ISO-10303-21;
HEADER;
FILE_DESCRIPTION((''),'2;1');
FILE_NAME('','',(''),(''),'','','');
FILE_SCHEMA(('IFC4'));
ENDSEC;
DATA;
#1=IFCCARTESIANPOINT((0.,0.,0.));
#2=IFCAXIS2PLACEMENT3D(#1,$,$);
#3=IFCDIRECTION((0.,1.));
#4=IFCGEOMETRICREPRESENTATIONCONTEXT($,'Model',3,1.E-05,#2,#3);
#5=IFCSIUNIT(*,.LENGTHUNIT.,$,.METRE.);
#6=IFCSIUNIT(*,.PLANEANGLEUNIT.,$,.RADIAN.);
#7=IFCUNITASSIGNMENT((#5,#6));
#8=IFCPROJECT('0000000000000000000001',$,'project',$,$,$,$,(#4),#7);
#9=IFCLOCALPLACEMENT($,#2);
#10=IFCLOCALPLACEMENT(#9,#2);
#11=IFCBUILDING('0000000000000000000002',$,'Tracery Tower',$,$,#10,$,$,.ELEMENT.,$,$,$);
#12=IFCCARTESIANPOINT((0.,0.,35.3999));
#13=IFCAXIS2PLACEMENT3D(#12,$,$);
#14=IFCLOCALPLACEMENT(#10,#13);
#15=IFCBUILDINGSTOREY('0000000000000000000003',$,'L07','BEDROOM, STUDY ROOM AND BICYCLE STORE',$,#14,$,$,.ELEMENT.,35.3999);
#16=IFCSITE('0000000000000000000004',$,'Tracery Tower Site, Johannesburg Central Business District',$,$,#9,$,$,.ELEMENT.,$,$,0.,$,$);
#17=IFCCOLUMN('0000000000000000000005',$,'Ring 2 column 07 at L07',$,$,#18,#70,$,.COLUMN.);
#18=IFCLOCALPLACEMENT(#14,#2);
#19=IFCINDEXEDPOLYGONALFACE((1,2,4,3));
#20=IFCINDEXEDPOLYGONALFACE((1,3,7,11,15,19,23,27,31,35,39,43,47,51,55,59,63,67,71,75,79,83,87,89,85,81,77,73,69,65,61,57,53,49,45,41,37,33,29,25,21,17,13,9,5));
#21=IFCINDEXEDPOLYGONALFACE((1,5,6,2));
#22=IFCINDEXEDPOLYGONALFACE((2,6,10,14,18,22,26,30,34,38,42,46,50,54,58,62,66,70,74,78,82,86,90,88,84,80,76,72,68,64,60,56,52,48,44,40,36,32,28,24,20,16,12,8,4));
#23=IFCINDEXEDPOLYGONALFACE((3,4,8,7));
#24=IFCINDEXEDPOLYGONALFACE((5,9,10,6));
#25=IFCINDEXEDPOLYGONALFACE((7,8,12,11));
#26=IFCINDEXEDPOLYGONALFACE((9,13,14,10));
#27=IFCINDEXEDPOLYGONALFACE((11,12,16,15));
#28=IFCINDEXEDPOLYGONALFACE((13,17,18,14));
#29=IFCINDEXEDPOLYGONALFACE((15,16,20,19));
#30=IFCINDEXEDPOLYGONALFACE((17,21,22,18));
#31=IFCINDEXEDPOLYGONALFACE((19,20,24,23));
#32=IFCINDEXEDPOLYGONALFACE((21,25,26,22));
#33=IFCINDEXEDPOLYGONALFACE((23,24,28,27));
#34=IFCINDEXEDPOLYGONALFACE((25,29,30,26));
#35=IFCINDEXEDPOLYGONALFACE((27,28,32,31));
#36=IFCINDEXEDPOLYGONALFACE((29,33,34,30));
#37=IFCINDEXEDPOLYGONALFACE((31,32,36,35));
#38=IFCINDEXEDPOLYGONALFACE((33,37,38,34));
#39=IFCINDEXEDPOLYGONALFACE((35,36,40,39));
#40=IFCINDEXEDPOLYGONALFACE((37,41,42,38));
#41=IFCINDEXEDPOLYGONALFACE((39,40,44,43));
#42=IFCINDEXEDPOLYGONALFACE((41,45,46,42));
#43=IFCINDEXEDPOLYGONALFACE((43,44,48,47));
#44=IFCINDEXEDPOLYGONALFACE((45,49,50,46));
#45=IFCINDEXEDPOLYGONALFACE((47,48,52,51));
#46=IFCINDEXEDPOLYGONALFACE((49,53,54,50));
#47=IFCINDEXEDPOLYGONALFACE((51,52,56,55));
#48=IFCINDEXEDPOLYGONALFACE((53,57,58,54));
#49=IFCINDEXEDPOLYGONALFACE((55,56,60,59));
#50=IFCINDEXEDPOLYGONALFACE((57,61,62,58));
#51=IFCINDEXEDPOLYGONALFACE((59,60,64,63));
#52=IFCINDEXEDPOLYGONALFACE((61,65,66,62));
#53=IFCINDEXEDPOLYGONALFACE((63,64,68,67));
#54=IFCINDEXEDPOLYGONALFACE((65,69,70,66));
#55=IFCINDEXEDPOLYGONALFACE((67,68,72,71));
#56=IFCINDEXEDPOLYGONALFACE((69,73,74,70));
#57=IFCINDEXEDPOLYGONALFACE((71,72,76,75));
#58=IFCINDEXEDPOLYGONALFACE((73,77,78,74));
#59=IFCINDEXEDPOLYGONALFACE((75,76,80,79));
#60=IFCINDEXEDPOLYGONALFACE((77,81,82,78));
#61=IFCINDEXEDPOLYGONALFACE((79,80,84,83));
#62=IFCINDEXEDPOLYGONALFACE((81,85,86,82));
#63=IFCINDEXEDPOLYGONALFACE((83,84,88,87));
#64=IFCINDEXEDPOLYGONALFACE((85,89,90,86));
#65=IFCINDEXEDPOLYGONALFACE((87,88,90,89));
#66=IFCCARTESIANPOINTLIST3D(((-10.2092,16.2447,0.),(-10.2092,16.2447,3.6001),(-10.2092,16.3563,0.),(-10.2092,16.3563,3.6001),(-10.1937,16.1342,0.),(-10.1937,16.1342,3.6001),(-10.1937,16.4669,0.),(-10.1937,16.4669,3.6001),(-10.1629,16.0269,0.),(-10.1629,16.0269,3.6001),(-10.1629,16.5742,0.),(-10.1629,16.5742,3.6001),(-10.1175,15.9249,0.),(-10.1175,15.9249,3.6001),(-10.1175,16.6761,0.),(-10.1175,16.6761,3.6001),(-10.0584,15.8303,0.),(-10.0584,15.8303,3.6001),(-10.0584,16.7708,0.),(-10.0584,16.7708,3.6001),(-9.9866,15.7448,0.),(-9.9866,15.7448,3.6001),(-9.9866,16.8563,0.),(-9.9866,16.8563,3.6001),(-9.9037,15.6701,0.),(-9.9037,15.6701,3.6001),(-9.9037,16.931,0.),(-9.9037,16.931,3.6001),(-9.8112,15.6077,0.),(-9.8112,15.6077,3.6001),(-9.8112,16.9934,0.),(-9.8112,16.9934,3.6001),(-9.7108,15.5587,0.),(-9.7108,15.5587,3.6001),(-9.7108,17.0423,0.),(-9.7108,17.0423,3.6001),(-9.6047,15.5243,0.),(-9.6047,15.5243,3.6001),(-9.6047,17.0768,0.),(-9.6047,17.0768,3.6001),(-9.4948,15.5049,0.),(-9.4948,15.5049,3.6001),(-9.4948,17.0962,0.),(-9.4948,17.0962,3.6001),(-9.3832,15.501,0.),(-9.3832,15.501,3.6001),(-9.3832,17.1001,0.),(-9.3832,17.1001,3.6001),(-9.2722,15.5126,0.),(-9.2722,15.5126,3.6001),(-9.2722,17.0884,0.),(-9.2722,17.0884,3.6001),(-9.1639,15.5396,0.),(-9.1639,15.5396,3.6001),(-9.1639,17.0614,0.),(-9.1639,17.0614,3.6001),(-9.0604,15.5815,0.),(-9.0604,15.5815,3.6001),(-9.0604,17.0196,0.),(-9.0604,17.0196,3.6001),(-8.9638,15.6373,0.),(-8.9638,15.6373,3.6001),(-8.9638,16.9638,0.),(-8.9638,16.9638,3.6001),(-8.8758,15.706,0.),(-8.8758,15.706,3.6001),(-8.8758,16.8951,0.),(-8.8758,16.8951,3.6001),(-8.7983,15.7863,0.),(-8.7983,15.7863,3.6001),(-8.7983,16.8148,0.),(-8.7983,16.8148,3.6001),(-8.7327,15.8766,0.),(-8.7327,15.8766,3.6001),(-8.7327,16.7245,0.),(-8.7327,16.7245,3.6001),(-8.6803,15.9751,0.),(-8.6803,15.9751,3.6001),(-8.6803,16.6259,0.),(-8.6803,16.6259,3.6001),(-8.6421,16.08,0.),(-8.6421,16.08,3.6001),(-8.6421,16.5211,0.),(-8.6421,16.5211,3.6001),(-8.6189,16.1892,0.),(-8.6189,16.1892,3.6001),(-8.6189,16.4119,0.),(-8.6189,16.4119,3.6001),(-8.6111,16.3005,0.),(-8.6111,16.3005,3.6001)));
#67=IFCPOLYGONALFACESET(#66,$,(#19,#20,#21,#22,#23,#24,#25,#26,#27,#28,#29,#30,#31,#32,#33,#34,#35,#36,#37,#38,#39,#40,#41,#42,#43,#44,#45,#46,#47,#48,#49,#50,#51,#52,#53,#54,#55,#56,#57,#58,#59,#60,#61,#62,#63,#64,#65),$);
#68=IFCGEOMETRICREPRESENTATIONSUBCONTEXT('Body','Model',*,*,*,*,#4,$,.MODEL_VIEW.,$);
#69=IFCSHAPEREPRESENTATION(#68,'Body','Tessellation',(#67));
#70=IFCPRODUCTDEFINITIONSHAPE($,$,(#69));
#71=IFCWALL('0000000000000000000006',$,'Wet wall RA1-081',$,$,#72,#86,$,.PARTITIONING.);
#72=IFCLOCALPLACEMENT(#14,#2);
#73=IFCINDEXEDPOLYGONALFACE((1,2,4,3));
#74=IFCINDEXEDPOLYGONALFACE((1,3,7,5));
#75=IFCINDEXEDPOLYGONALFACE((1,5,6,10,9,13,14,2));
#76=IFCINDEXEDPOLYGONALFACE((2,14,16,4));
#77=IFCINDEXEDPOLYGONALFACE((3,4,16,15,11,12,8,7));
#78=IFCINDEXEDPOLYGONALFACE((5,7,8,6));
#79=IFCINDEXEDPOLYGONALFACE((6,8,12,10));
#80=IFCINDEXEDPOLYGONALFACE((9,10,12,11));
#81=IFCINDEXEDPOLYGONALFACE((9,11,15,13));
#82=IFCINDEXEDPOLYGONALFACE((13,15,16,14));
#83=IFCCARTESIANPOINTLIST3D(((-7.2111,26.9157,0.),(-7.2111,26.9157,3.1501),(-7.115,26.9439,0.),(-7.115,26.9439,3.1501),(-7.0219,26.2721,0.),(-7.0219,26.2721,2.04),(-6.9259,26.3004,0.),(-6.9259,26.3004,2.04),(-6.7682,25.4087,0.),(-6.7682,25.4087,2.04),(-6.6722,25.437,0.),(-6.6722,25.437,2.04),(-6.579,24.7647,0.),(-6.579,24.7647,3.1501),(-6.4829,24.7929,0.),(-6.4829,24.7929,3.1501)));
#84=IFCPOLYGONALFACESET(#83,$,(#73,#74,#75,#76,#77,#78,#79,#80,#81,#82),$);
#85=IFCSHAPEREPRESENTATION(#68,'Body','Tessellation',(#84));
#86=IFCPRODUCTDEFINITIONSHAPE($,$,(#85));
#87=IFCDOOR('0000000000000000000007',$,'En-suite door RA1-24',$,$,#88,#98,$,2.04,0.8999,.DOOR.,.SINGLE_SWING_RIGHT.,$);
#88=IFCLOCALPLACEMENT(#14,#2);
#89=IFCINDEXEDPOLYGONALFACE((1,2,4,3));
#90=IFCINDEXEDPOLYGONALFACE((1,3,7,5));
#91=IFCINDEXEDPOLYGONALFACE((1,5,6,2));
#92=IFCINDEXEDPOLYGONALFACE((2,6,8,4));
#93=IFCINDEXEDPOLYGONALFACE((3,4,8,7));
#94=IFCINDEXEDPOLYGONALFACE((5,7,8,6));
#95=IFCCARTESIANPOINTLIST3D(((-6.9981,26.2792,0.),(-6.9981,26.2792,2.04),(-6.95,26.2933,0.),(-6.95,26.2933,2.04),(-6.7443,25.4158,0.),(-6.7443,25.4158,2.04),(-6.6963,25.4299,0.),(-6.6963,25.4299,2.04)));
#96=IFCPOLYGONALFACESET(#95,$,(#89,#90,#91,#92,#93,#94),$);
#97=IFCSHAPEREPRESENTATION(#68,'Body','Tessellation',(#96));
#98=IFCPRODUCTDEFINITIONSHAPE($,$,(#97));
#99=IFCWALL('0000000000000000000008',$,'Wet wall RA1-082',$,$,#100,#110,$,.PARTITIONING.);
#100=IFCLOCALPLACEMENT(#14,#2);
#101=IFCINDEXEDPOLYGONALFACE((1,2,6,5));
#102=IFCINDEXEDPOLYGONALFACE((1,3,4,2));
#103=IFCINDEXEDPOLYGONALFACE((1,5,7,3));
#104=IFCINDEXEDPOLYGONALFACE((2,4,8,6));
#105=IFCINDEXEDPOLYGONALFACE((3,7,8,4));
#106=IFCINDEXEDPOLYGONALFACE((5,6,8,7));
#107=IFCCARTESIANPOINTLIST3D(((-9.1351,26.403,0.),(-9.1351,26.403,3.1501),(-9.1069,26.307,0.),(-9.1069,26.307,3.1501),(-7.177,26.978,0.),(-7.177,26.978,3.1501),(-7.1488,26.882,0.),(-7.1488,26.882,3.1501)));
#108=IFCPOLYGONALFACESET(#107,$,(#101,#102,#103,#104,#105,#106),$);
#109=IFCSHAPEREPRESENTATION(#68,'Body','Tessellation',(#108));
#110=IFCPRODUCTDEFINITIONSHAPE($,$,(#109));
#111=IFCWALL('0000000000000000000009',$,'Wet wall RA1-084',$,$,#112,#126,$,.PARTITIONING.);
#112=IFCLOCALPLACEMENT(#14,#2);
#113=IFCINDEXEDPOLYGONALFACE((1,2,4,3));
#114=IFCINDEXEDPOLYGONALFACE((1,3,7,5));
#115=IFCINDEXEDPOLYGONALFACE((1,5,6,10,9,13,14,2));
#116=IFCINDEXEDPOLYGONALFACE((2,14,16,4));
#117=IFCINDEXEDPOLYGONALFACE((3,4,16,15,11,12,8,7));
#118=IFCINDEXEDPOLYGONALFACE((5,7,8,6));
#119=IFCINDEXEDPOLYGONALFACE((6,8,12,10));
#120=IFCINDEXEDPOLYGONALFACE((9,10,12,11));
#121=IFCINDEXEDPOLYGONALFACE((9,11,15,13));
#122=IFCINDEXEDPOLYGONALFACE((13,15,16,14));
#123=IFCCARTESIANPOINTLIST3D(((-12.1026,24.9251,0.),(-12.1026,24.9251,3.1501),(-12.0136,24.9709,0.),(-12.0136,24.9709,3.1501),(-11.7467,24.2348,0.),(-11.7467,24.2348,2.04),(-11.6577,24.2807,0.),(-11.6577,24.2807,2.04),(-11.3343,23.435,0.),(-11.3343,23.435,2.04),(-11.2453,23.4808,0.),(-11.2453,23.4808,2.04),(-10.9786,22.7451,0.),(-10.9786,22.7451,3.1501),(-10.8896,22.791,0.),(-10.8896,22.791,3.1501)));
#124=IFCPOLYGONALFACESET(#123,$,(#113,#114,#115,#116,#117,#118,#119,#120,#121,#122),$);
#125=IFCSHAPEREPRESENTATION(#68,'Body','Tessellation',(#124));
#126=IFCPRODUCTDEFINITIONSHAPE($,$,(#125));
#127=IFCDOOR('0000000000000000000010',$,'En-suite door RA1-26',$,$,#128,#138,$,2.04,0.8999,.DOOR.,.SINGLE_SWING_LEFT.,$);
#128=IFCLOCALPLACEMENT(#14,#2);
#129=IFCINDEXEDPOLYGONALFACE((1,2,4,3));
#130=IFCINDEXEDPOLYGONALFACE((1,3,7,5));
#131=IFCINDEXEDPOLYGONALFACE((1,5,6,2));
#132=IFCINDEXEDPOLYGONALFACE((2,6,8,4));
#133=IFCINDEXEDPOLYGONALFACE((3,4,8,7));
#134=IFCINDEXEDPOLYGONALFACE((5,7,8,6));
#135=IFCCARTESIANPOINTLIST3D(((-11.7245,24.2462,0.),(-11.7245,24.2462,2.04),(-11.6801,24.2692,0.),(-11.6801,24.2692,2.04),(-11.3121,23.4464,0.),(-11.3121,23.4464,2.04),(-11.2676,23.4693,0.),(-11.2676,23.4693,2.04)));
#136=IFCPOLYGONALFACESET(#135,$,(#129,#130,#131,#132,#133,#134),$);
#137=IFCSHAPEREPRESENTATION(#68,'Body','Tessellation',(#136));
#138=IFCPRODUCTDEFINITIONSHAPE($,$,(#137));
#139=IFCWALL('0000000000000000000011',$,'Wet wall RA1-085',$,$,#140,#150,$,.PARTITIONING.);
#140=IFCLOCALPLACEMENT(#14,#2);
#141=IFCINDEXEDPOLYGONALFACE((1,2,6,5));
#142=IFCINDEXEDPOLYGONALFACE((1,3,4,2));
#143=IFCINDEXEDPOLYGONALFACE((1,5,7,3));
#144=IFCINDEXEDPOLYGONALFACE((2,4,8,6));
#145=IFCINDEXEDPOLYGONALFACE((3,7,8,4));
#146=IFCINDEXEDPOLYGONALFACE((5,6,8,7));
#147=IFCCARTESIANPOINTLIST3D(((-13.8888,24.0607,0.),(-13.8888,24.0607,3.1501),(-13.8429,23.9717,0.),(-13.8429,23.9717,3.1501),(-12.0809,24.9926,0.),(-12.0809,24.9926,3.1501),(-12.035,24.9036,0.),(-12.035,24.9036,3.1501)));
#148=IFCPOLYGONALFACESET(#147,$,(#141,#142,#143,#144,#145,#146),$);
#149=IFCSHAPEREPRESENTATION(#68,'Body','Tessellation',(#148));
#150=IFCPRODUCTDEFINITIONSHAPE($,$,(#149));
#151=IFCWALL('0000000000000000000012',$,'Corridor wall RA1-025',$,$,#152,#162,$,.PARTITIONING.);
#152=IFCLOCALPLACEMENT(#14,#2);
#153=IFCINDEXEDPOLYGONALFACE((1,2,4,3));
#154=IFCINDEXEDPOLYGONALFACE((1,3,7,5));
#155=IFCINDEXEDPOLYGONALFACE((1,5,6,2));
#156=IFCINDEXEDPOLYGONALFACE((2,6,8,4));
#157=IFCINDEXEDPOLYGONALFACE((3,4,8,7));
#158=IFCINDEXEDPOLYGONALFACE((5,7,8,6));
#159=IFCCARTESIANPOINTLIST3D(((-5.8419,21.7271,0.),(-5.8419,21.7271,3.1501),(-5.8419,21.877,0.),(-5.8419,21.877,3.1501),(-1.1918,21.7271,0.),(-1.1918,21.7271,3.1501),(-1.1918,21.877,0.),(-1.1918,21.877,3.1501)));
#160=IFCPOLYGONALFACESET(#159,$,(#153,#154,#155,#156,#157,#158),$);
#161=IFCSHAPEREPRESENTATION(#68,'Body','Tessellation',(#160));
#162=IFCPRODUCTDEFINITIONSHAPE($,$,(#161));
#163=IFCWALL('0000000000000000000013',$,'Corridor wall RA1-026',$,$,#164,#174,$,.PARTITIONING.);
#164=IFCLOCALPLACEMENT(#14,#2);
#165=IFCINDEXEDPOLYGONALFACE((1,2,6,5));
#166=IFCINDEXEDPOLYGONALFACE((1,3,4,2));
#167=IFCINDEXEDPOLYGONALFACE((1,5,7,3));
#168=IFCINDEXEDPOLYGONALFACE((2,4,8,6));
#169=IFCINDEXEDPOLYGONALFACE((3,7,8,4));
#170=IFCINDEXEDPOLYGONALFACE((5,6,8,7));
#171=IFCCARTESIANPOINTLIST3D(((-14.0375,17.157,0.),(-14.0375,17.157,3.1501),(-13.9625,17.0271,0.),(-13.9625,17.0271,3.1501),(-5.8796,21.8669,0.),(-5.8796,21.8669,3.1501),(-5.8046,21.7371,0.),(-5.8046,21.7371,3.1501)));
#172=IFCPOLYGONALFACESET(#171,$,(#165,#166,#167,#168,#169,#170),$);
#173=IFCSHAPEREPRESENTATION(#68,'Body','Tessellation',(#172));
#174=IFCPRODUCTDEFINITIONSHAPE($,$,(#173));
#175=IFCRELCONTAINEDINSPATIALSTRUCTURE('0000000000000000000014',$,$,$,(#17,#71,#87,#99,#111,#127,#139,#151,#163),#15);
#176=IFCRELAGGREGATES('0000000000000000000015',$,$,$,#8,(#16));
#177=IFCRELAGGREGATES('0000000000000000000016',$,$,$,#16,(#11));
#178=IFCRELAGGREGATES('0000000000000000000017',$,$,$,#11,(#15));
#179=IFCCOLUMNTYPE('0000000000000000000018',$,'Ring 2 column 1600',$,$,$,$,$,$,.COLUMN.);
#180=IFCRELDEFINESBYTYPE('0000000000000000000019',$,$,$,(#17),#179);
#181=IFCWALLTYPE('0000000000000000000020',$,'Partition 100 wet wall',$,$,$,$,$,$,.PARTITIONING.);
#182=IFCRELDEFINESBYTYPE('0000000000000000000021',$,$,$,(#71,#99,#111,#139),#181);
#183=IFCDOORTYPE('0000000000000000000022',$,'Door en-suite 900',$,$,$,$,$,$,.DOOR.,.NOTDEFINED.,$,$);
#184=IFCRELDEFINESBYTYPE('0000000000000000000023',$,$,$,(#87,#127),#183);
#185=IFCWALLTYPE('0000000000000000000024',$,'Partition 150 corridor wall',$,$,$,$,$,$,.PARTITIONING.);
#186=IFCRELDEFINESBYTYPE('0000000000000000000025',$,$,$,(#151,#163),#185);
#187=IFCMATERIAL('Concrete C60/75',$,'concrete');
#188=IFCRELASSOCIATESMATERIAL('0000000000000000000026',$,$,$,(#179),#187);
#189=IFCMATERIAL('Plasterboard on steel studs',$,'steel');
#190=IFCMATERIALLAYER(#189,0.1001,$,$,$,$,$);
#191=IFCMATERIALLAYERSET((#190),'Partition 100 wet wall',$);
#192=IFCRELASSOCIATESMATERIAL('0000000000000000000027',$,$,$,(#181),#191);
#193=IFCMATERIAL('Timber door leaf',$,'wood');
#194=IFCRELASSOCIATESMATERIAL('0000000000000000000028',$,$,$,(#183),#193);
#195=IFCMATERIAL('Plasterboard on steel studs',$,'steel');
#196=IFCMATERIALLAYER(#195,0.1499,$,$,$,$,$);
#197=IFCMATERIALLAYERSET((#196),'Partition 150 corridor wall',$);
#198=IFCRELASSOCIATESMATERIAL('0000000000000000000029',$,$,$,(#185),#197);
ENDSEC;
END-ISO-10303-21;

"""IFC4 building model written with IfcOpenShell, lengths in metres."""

from ifc_helpers import new_model, si_unit, direction, frame, frame_2d, origin, origin_2d, place, context, subcontext, project, spatial, rectangle, circle, extrude, material, layer, layer_set, material_profile, profile_set, type_object, element, fill, save


model = new_model("IFC4")

# Units and contexts
model_context = context("Model", 3, precision=1e-05, world=origin(), true_north=direction((0.0, 1.0)))
body_context = subcontext(model_context, "Body", "Model", "MODEL_VIEW")
ifc_project = project(units=[si_unit("LENGTHUNIT", "METRE"), si_unit("PLANEANGLEUNIT", "RADIAN")], contexts=[model_context])

# Site, building, storey
site_placement = place(None, origin())
site = spatial("IfcSite", under=ifc_project, at=site_placement, Name="Tracery Tower Site, Johannesburg Central Business District", CompositionType="ELEMENT", RefElevation=0.0)
building_placement = place(site_placement, origin())
building = spatial("IfcBuilding", under=site, at=building_placement, Name="Tracery Tower", CompositionType="ELEMENT")
storey_placement = place(building_placement, frame((0.0, 0.0, 35.3999)))
storey = spatial("IfcBuildingStorey", under=building, at=storey_placement, Name="L07", Description="BEDROOM, STUDY ROOM AND BICYCLE STORE", CompositionType="ELEMENT", Elevation=35.3999)

# Column
ifc_material_1 = material(Name="Concrete C60/75", Category="concrete")
ifc_material_profile_1 = material_profile(ifc_material_1, circle(Radius=0.8, at=origin_2d()), Name="RC D1600")
ifc_profile_set_1 = profile_set([ifc_material_profile_1], Name="Concrete C60/75")
column_type_1 = type_object("IfcColumnType", Name="Ring 2 column 1600", PredefinedType="COLUMN", material=ifc_profile_set_1)
for number, where, z_axis, x_axis, name in (
    (1, (-9.4111, 16.3005, 0.0), (0.0, 0.0, 1.0), (1.0, 0.0, 0.0), "Ring 2 column 07 at L07"),
):
    element("IfcColumn", number, at=place(storey_placement, frame(where, z_axis=z_axis, x_axis=x_axis)), inside=storey, type_object=column_type_1, Name=name, PredefinedType="COLUMN", context=body_context, shape_type="SweptSolid", body=[
        extrude(circle(Radius=0.8, at=origin_2d()), origin(), (0.0, 0.0, 1.0), 3.6001),
    ])

# Wall, opening, door
ifc_material_2 = material(Name="Plasterboard on steel studs", Category="steel")
ifc_layer_1 = layer(ifc_material_2, 0.1001)
ifc_layer_set_1 = layer_set([ifc_layer_1], Name="Partition 100 wet wall")
wall_type_1 = type_object("IfcWallType", Name="Partition 100 wet wall", PredefinedType="PARTITIONING", material=ifc_layer_set_1)
wall_1_placement = place(storey_placement, frame((-7.1631, 26.9299, 0.0), z_axis=(0.0, 0.0, 1.0), x_axis=(0.281948, -0.95943, 0.0)))
wall_1 = element("IfcWall", 2, at=wall_1_placement, inside=storey, type_object=wall_type_1, Name="Wet wall RA1-081", PredefinedType="PARTITIONING", context=body_context, shape_type="SweptSolid", body=[
    extrude(rectangle(XDim=2.2419, YDim=0.1001, at=frame_2d((1.1211, 0.0))), origin(), (0.0, 0.0, 1.0), 3.1501),
])
opening_1_placement = place(wall_1_placement, frame((0.6709, 0.0, 0.0)))
opening_1 = element("IfcOpeningElement", 3, at=opening_1_placement, cuts=wall_1, PredefinedType="OPENING", context=body_context, shape_type="SweptSolid", body=[
    extrude(rectangle(XDim=0.8999, YDim=2.04, at=frame_2d((0.45, 1.02))), frame((0.0, 0.05, 0.0), z_axis=(0.0, -1.0, 0.0), x_axis=(1.0, 0.0, 0.0)), (0.0, 0.0, 1.0), 0.1001),
])
ifc_material_3 = material(Name="Timber door leaf", Category="wood")
door_type_1 = type_object("IfcDoorType", Name="Door en-suite 900", OperationType="NOTDEFINED", PredefinedType="DOOR", material=ifc_material_3)
door_1_placement = place(opening_1_placement, origin())
door_1 = element("IfcDoor", 4, at=door_1_placement, inside=storey, type_object=door_type_1, Name="En-suite door RA1-24", OperationType="SINGLE_SWING_RIGHT", OverallHeight=2.04, OverallWidth=0.8999, PredefinedType="DOOR", context=body_context, shape_type="SweptSolid", body=[
    extrude(rectangle(XDim=0.8999, YDim=2.04, at=frame_2d((0.45, 1.02))), frame((0.0, 0.0249, 0.0), z_axis=(0.0, -1.0, 0.0), x_axis=(1.0, 0.0, 0.0)), (0.0, 0.0, 1.0), 0.05),
])
fill(opening_1, door_1)

# Wall
wall_2_placement = place(storey_placement, frame((-9.1211, 26.355, 0.0), z_axis=(0.0, 0.0, 1.0), x_axis=(0.959489, 0.281745, 0.0)))
element("IfcWall", 5, at=wall_2_placement, inside=storey, type_object=wall_type_1, Name="Wet wall RA1-082", PredefinedType="PARTITIONING", context=body_context, shape_type="SweptSolid", body=[
    extrude(rectangle(XDim=2.0408, YDim=0.1001, at=frame_2d((1.0205, 0.0))), origin(), (0.0, 0.0, 1.0), 3.1501),
])

# Wall, opening, door
wall_3_placement = place(storey_placement, frame((-12.0581, 24.948, 0.0), z_axis=(0.0, 0.0, 1.0), x_axis=(0.458288, -0.888804, 0.0)))
wall_3 = element("IfcWall", 6, at=wall_3_placement, inside=storey, type_object=wall_type_1, Name="Wet wall RA1-084", PredefinedType="PARTITIONING", context=body_context, shape_type="SweptSolid", body=[
    extrude(rectangle(XDim=2.4526, YDim=0.1001, at=frame_2d((1.2263, 0.0))), origin(), (0.0, 0.0, 1.0), 3.1501),
])
opening_2_placement = place(wall_3_placement, frame((0.7766, 0.0, 0.0)))
opening_2 = element("IfcOpeningElement", 7, at=opening_2_placement, cuts=wall_3, PredefinedType="OPENING", context=body_context, shape_type="SweptSolid", body=[
    extrude(rectangle(XDim=0.8999, YDim=2.04, at=frame_2d((0.45, 1.02))), frame((0.0, 0.05, 0.0), z_axis=(0.0, -1.0, 0.0), x_axis=(1.0, 0.0, 0.0)), (0.0, 0.0, 1.0), 0.1001),
])
door_2_placement = place(opening_2_placement, origin())
door_2 = element("IfcDoor", 8, at=door_2_placement, inside=storey, type_object=door_type_1, Name="En-suite door RA1-26", OperationType="SINGLE_SWING_LEFT", OverallHeight=2.04, OverallWidth=0.8999, PredefinedType="DOOR", context=body_context, shape_type="SweptSolid", body=[
    extrude(rectangle(XDim=0.8999, YDim=2.04, at=frame_2d((0.45, 1.02))), frame((0.0, 0.0249, 0.0), z_axis=(0.0, -1.0, 0.0), x_axis=(1.0, 0.0, 0.0)), (0.0, 0.0, 1.0), 0.05),
])
fill(opening_2, door_2)

# Walls
wall_4_placement = place(storey_placement, frame((-13.866, 24.0161, 0.0), z_axis=(0.0, 0.0, 1.0), x_axis=(0.888862, 0.458175, 0.0)))
element("IfcWall", 9, at=wall_4_placement, inside=storey, type_object=wall_type_1, Name="Wet wall RA1-085", PredefinedType="PARTITIONING", context=body_context, shape_type="SweptSolid", body=[
    extrude(rectangle(XDim=2.0339, YDim=0.1001, at=frame_2d((1.0171, 0.0))), origin(), (0.0, 0.0, 1.0), 3.1501),
])
ifc_material_4 = material(Name="Plasterboard on steel studs", Category="steel")
ifc_layer_2 = layer(ifc_material_4, 0.1499)
ifc_layer_set_2 = layer_set([ifc_layer_2], Name="Partition 150 corridor wall")
wall_type_2 = type_object("IfcWallType", Name="Partition 150 corridor wall", PredefinedType="PARTITIONING", material=ifc_layer_set_2)
wall_5_placement = place(storey_placement, frame((-5.842, 21.802, 0.0), z_axis=(0.0, 0.0, 1.0), x_axis=(1.0, 0.0, 0.0)))
element("IfcWall", 10, at=wall_5_placement, inside=storey, type_object=wall_type_2, Name="Corridor wall RA1-025", PredefinedType="PARTITIONING", context=body_context, shape_type="SweptSolid", body=[
    extrude(rectangle(XDim=4.6501, YDim=0.1499, at=frame_2d((2.3252, 0.0))), origin(), (0.0, 0.0, 1.0), 3.1501),
])
wall_6_placement = place(storey_placement, frame((-14.0, 17.092, 0.0), z_axis=(0.0, 0.0, 1.0), x_axis=(0.866027, 0.499997, 0.0)))
element("IfcWall", 11, at=wall_6_placement, inside=storey, type_object=wall_type_2, Name="Corridor wall RA1-026", PredefinedType="PARTITIONING", context=body_context, shape_type="SweptSolid", body=[
    extrude(rectangle(XDim=9.4199, YDim=0.1499, at=frame_2d((4.71, 0.0))), origin(), (0.0, 0.0, 1.0), 3.1501),
])

save(model, "model.ifc")
